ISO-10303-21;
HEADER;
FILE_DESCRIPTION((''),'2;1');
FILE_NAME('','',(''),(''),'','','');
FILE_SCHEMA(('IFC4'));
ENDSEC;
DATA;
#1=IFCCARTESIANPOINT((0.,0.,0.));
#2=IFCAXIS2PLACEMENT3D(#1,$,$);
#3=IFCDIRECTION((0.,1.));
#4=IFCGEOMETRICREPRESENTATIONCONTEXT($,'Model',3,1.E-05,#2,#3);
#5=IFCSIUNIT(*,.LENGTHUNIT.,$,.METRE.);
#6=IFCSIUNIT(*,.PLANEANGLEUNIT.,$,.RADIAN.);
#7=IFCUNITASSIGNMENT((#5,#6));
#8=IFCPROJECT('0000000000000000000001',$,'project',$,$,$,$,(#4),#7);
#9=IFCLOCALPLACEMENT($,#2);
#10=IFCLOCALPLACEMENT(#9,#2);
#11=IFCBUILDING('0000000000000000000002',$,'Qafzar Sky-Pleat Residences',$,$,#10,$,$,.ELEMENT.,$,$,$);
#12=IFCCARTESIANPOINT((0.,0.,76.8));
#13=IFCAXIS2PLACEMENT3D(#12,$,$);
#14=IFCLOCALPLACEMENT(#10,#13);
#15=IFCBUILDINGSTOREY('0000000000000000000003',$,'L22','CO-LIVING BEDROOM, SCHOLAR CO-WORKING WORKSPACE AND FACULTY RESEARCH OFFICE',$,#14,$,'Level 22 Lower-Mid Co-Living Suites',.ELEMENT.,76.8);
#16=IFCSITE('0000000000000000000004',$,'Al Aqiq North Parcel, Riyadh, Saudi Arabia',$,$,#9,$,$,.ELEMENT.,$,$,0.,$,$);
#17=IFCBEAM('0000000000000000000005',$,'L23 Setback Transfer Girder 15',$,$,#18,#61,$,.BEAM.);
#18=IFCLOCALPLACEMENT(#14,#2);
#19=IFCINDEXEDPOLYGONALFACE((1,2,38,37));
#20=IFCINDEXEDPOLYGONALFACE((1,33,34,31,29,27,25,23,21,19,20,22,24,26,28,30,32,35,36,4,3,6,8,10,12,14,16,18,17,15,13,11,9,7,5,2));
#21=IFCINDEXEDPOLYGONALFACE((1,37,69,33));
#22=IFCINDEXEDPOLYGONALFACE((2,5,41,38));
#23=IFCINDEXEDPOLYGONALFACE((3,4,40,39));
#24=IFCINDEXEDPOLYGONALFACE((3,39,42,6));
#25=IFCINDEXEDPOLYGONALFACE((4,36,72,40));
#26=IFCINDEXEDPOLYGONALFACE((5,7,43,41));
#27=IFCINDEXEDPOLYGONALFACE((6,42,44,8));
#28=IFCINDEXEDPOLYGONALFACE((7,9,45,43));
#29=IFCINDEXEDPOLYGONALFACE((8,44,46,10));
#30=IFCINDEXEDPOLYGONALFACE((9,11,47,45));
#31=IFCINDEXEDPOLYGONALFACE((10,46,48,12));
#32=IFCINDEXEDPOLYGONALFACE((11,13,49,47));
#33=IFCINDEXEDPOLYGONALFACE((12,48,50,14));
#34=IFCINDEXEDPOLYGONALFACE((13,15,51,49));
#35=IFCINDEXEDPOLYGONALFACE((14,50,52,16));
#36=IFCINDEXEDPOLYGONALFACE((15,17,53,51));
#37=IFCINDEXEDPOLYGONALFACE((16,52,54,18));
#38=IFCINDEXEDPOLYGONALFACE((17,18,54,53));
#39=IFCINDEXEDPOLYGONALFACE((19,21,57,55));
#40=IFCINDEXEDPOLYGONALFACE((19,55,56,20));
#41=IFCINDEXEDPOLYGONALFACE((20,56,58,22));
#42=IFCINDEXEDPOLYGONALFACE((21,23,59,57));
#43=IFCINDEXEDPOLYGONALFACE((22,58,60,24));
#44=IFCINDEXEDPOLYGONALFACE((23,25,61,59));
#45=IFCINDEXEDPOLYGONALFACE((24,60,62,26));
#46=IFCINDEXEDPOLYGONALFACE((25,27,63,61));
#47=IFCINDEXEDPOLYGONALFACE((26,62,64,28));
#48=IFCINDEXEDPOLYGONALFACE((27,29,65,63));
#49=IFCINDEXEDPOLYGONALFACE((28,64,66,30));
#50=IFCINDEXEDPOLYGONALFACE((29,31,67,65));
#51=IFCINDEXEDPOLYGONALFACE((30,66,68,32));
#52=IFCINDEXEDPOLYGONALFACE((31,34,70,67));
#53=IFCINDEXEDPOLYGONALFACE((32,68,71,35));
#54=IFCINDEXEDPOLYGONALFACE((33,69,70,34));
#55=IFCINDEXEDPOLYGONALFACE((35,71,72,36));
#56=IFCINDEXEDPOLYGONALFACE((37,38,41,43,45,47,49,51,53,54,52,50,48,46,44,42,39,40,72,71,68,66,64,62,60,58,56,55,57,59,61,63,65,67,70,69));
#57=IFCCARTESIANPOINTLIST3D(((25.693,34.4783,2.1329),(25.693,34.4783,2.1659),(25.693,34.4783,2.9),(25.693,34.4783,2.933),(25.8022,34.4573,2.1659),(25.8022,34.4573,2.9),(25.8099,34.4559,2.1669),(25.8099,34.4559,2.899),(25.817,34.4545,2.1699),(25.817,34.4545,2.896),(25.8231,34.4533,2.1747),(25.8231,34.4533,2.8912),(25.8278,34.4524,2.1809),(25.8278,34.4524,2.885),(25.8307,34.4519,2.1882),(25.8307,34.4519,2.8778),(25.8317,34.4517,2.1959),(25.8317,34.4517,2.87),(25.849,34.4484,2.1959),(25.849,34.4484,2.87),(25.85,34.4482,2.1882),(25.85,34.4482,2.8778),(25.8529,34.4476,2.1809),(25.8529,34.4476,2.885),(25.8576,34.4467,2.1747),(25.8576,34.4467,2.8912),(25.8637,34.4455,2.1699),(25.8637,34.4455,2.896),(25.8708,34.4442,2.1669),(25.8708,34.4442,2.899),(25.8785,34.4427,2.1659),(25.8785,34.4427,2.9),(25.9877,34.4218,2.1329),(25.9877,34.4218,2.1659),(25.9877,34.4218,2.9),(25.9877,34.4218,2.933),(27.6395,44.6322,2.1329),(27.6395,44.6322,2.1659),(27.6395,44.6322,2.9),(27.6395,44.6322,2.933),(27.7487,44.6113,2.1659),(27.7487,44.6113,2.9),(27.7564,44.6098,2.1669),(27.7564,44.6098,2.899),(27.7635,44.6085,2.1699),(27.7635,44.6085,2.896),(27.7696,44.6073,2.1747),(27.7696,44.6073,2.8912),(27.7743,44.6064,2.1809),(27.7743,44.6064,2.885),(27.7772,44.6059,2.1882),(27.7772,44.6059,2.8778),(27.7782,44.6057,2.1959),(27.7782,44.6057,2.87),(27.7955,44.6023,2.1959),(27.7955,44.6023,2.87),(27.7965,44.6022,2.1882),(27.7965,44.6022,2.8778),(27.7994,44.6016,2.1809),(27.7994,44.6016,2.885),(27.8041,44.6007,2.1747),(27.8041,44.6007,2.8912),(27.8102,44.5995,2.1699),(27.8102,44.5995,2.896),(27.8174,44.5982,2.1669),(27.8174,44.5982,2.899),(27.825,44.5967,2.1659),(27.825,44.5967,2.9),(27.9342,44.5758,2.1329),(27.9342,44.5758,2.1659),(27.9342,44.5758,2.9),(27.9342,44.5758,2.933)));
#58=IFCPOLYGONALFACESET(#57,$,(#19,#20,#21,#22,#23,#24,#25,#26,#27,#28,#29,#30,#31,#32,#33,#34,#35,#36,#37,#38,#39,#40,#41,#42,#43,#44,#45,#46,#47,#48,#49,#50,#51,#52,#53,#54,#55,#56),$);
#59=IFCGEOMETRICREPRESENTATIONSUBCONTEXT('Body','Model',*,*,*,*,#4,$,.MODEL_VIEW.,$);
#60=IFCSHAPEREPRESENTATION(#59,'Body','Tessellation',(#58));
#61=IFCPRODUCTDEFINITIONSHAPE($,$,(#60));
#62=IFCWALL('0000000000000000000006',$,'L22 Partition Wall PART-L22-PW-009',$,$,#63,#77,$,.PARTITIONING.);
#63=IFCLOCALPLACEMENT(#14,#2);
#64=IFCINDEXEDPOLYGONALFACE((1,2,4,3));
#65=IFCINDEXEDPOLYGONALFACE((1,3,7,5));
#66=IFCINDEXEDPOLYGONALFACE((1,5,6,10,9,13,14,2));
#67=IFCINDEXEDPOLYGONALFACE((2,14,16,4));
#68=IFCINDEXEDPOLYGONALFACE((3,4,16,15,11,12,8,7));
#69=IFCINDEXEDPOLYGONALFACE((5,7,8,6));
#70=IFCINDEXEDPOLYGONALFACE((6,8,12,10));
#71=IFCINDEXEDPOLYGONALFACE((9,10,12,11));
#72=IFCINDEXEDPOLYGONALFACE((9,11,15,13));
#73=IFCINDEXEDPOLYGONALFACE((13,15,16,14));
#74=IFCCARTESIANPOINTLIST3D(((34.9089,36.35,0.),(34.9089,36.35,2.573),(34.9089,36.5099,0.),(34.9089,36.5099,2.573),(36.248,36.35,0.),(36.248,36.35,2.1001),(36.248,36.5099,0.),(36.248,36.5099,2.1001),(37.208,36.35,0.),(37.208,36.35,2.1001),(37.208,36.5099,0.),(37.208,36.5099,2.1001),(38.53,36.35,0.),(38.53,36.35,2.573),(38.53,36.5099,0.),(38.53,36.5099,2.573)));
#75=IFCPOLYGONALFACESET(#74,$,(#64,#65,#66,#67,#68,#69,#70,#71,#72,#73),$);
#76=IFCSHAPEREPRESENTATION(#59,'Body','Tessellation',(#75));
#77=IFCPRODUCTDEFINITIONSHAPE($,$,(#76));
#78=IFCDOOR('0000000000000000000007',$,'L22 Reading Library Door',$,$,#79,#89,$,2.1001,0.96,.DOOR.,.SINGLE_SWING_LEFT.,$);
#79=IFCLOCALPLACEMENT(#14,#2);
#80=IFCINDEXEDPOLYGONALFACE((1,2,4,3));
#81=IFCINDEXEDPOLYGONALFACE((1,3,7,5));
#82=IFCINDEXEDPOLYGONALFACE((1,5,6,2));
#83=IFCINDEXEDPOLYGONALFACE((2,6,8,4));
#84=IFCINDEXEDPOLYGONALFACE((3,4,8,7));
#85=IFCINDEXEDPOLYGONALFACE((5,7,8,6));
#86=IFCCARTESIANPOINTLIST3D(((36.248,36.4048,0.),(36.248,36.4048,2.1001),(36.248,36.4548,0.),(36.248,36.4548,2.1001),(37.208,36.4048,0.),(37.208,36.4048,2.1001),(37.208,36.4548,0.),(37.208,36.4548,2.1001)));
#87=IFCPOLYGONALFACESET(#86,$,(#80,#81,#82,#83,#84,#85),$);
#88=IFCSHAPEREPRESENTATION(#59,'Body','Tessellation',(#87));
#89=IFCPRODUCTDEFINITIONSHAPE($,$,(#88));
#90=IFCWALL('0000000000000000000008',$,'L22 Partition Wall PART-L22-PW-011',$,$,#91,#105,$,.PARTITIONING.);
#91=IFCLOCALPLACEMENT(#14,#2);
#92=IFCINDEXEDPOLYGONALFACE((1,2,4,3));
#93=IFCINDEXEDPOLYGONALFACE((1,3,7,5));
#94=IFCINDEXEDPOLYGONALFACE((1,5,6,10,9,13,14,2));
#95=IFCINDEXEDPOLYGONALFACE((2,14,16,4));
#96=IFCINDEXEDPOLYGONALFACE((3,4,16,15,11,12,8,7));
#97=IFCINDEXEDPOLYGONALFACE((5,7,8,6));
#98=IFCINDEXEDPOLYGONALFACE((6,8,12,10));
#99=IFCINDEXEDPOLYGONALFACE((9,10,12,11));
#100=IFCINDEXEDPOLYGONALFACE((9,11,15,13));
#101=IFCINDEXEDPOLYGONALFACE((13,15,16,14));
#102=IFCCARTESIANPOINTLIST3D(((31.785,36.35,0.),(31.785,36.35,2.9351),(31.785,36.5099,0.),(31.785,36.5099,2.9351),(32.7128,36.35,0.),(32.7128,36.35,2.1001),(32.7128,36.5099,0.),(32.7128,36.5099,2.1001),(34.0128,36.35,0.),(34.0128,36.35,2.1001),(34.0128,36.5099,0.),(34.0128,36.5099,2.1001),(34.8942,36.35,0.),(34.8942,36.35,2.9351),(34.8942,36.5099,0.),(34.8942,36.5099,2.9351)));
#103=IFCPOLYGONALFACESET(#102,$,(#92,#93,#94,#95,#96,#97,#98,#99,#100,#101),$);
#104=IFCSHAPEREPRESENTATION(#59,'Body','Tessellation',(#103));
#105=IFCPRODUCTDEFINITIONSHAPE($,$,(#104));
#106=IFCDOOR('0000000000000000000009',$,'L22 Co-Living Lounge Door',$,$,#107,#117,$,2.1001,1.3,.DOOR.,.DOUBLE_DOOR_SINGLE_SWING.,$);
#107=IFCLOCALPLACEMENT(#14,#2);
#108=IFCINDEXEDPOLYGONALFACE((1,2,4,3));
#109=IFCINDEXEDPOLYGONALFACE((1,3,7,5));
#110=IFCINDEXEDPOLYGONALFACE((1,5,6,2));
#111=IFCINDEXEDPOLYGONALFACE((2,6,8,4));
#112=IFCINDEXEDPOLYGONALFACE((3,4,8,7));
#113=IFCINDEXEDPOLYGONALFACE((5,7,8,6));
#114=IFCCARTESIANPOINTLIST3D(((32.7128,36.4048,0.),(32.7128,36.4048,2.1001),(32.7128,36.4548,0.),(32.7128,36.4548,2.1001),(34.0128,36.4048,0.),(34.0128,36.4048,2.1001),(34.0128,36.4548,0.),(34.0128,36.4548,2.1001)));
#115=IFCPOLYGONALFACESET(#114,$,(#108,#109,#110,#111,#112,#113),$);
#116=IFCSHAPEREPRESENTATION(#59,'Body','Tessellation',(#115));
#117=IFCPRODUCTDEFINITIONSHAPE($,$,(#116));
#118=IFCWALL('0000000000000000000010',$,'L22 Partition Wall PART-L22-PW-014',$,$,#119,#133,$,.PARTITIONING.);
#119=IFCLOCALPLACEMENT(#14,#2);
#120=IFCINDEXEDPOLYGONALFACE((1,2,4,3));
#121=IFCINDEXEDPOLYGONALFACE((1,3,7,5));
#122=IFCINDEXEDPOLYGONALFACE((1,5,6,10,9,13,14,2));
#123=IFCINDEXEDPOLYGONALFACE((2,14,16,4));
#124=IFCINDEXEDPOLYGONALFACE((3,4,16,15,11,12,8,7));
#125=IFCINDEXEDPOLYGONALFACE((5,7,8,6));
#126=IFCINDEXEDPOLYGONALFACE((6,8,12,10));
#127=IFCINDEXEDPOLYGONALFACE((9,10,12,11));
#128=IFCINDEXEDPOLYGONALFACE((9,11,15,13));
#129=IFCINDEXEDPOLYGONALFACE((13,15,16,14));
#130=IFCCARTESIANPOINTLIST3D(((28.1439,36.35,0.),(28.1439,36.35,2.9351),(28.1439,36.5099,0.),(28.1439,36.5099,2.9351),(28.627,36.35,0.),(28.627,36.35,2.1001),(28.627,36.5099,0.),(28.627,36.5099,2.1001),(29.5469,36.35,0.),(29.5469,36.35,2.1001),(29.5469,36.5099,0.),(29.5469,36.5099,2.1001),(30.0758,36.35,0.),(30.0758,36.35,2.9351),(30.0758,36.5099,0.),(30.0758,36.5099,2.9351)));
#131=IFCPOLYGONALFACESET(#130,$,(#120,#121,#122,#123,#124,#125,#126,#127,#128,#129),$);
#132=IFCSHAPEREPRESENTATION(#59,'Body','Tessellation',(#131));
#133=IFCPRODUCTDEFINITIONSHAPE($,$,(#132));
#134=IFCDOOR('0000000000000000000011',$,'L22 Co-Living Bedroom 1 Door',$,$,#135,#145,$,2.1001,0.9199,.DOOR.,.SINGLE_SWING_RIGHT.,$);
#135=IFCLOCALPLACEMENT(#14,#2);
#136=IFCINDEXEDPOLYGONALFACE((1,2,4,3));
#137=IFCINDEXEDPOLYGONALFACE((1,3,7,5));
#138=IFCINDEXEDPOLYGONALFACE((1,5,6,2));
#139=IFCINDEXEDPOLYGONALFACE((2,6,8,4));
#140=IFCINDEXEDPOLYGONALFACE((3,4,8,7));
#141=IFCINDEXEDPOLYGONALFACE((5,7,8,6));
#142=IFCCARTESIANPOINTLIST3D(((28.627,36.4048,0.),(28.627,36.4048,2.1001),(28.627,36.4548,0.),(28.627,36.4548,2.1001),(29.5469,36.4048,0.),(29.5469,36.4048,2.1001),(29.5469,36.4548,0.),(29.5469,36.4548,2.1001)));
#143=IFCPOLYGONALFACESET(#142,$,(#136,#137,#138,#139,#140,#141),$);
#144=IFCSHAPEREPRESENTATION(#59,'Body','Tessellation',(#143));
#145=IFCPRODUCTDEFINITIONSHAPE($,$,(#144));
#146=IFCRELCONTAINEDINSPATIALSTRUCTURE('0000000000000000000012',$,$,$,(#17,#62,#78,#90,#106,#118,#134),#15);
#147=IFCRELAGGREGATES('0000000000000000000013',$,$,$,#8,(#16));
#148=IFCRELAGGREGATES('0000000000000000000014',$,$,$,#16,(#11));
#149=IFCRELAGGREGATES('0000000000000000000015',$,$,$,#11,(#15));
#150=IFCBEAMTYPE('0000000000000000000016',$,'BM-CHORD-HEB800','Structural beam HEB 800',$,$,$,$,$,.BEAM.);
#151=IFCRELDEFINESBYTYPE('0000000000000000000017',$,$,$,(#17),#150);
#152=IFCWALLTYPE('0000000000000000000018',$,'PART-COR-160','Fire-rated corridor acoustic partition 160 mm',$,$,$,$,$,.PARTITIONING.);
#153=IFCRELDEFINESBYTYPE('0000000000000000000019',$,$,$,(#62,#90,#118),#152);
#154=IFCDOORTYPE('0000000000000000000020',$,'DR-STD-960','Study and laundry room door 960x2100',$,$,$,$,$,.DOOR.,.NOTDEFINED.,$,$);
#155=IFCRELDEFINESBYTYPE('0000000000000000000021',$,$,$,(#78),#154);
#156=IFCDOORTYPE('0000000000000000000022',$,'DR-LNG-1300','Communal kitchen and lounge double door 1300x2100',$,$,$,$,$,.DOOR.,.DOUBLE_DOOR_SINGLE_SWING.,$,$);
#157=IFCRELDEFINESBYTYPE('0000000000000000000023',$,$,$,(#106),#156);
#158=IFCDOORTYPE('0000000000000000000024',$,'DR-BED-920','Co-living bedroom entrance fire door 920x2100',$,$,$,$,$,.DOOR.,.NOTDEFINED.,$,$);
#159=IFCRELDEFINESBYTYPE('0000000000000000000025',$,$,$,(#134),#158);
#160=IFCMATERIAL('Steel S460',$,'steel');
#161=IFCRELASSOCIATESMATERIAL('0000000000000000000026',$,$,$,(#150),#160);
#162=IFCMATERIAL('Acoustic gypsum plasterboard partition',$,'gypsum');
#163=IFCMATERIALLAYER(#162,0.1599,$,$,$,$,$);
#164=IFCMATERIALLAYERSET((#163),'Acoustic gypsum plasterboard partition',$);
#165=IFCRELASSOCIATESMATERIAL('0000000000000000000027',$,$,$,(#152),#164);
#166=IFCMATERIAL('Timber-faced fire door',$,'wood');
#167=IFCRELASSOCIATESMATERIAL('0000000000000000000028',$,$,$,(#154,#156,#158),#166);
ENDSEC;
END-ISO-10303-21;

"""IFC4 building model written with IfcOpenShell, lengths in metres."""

from ifc_helpers import new_model, si_unit, direction, frame, frame_2d, origin, origin_2d, place, context, subcontext, project, spatial, rectangle, i_section, extrude, source, transform, mapped, material, layer, layer_set, material_profile, profile_set, type_object, element, fill, save


model = new_model("IFC4")

# Units and contexts
model_context = context("Model", 3, precision=1e-05, world=origin(), true_north=direction((0.0, 1.0)))
body_context = subcontext(model_context, "Body", "Model", "MODEL_VIEW")
ifc_project = project(units=[si_unit("LENGTHUNIT", "METRE"), si_unit("PLANEANGLEUNIT", "RADIAN")], contexts=[model_context])

# Site, building, storey
site_placement = place(None, origin())
site = spatial("IfcSite", under=ifc_project, at=site_placement, Name="Al Aqiq North Parcel, Riyadh, Saudi Arabia", CompositionType="ELEMENT", RefElevation=0.0)
building_placement = place(site_placement, origin())
building = spatial("IfcBuilding", under=site, at=building_placement, Name="Qafzar Sky-Pleat Residences", CompositionType="ELEMENT")
storey_placement = place(building_placement, frame((0.0, 0.0, 76.8)))
storey = spatial("IfcBuildingStorey", under=building, at=storey_placement, Name="L22", Description="CO-LIVING BEDROOM, SCHOLAR CO-WORKING WORKSPACE AND FACULTY RESEARCH OFFICE", LongName="Level 22 Lower-Mid Co-Living Suites", CompositionType="ELEMENT", Elevation=76.8)

# Shared definitions
ifc_material_1 = material(Name="Steel S460", Category="steel")

# Beam
ifc_material_profile_1 = material_profile(ifc_material_1, i_section(OverallWidth=0.3, OverallDepth=0.8, WebThickness=0.0176, FlangeThickness=0.033, FilletRadius=0.03, at=origin_2d()), Name="HEB 800")
ifc_profile_set_1 = profile_set([ifc_material_profile_1], Name="Steel S460")
beam_type_1 = type_object("IfcBeamType", Name="BM-CHORD-HEB800", Description="Structural beam HEB 800", PredefinedType="BEAM", material=ifc_profile_set_1)
shared_shape_1 = source(origin(), body_context, "Body", "SweptSolid", [
    extrude(i_section(OverallWidth=0.3, OverallDepth=0.8, WebThickness=0.0176, FlangeThickness=0.033, FilletRadius=0.03, at=origin_2d()), origin(), (0.0, 0.0, 1.0), 10.3389),
])
beam_1_placement = place(storey_placement, frame((27.7869, 44.604, 2.533), z_axis=(-0.188272, -0.982117, 0.0), x_axis=(0.982117, -0.188272, 0.0)))
element("IfcBeam", 1, at=beam_1_placement, inside=storey, type_object=beam_type_1, Name="L23 Setback Transfer Girder 15", PredefinedType="BEAM", context=body_context, shape_type="MappedRepresentation", body=[
    mapped(shared_shape_1, transform((0.0, 0.0, 0.0), x_axis=(1.0, 0.0, 0.0), y_axis=(0.0, 1.0, 0.0), z_axis=(0.0, 0.0, 1.0), scale=1.0)),
])

# Walls, openings, doors
ifc_material_2 = material(Name="Acoustic gypsum plasterboard partition", Category="gypsum")
ifc_layer_1 = layer(ifc_material_2, 0.1599)
ifc_layer_set_1 = layer_set([ifc_layer_1], Name="Acoustic gypsum plasterboard partition")
wall_type_1 = type_object("IfcWallType", Name="PART-COR-160", Description="Fire-rated corridor acoustic partition 160 mm", PredefinedType="PARTITIONING", material=ifc_layer_set_1)
wall_1_placement = place(storey_placement, frame((34.9089, 36.4299, 0.0), z_axis=(0.0, 0.0, 1.0), x_axis=(1.0, 0.0, 0.0)))
wall_1 = element("IfcWall", 2, at=wall_1_placement, inside=storey, type_object=wall_type_1, Name="L22 Partition Wall PART-L22-PW-009", PredefinedType="PARTITIONING", context=body_context, shape_type="SweptSolid", body=[
    extrude(rectangle(XDim=3.6211, YDim=0.1599, at=frame_2d((1.8105, 0.0))), origin(), (0.0, 0.0, 1.0), 2.573),
])
opening_1_placement = place(wall_1_placement, frame((1.3391, 0.0, 0.0)))
opening_1 = element("IfcOpeningElement", 3, at=opening_1_placement, cuts=wall_1, PredefinedType="OPENING", context=body_context, shape_type="SweptSolid", body=[
    extrude(rectangle(XDim=0.96, YDim=2.1001, at=frame_2d((0.48, 1.05))), frame((0.0, 0.0898, 0.0), z_axis=(0.0, -1.0, 0.0), x_axis=(1.0, 0.0, 0.0)), (0.0, 0.0, 1.0), 0.1799),
])
ifc_material_3 = material(Name="Timber-faced fire door", Category="wood")
door_type_1 = type_object("IfcDoorType", Name="DR-STD-960", Description="Study and laundry room door 960x2100", OperationType="NOTDEFINED", PredefinedType="DOOR", material=ifc_material_3)
shared_shape_2 = source(origin(), body_context, "Body", "SweptSolid", [
    extrude(rectangle(XDim=0.96, YDim=2.1001, at=frame_2d((0.48, 1.05))), frame((0.0, 0.0249, 0.0), z_axis=(0.0, -1.0, 0.0), x_axis=(1.0, 0.0, 0.0)), (0.0, 0.0, 1.0), 0.05),
])
door_1_placement = place(opening_1_placement, origin())
door_1 = element("IfcDoor", 4, at=door_1_placement, inside=storey, type_object=door_type_1, Name="L22 Reading Library Door", OperationType="SINGLE_SWING_LEFT", OverallHeight=2.1001, OverallWidth=0.96, PredefinedType="DOOR", context=body_context, shape_type="MappedRepresentation", body=[
    mapped(shared_shape_2, transform((0.0, 0.0, 0.0), x_axis=(1.0, 0.0, 0.0), y_axis=(0.0, 1.0, 0.0), z_axis=(0.0, 0.0, 1.0), scale=1.0)),
])
fill(opening_1, door_1)
wall_2_placement = place(storey_placement, frame((31.7849, 36.4299, 0.0), z_axis=(0.0, 0.0, 1.0), x_axis=(1.0, 0.0, 0.0)))
wall_2 = element("IfcWall", 5, at=wall_2_placement, inside=storey, type_object=wall_type_1, Name="L22 Partition Wall PART-L22-PW-011", PredefinedType="PARTITIONING", context=body_context, shape_type="SweptSolid", body=[
    extrude(rectangle(XDim=3.1091, YDim=0.1599, at=frame_2d((1.5547, 0.0))), origin(), (0.0, 0.0, 1.0), 2.9351),
])
opening_2_placement = place(wall_2_placement, frame((0.928, 0.0, 0.0)))
opening_2 = element("IfcOpeningElement", 6, at=opening_2_placement, cuts=wall_2, PredefinedType="OPENING", context=body_context, shape_type="SweptSolid", body=[
    extrude(rectangle(XDim=1.3, YDim=2.1001, at=frame_2d((0.6499, 1.05))), frame((0.0, 0.0898, 0.0), z_axis=(0.0, -1.0, 0.0), x_axis=(1.0, 0.0, 0.0)), (0.0, 0.0, 1.0), 0.1799),
])
door_type_2 = type_object("IfcDoorType", Name="DR-LNG-1300", Description="Communal kitchen and lounge double door 1300x2100", OperationType="DOUBLE_DOOR_SINGLE_SWING", PredefinedType="DOOR", material=ifc_material_3)
shared_shape_3 = source(origin(), body_context, "Body", "SweptSolid", [
    extrude(rectangle(XDim=1.3, YDim=2.1001, at=frame_2d((0.6499, 1.05))), frame((0.0, 0.0249, 0.0), z_axis=(0.0, -1.0, 0.0), x_axis=(1.0, 0.0, 0.0)), (0.0, 0.0, 1.0), 0.05),
])
door_2_placement = place(opening_2_placement, origin())
door_2 = element("IfcDoor", 7, at=door_2_placement, inside=storey, type_object=door_type_2, Name="L22 Co-Living Lounge Door", OperationType="DOUBLE_DOOR_SINGLE_SWING", OverallHeight=2.1001, OverallWidth=1.3, PredefinedType="DOOR", context=body_context, shape_type="MappedRepresentation", body=[
    mapped(shared_shape_3, transform((0.0, 0.0, 0.0), x_axis=(1.0, 0.0, 0.0), y_axis=(0.0, 1.0, 0.0), z_axis=(0.0, 0.0, 1.0), scale=1.0)),
])
fill(opening_2, door_2)
wall_3_placement = place(storey_placement, frame((28.144, 36.4299, 0.0), z_axis=(0.0, 0.0, 1.0), x_axis=(1.0, 0.0, 0.0)))
wall_3 = element("IfcWall", 8, at=wall_3_placement, inside=storey, type_object=wall_type_1, Name="L22 Partition Wall PART-L22-PW-014", PredefinedType="PARTITIONING", context=body_context, shape_type="SweptSolid", body=[
    extrude(rectangle(XDim=1.9319, YDim=0.1599, at=frame_2d((0.9658, 0.0))), origin(), (0.0, 0.0, 1.0), 2.9351),
])
opening_3_placement = place(wall_3_placement, frame((0.4829, 0.0, 0.0)))
opening_3 = element("IfcOpeningElement", 9, at=opening_3_placement, cuts=wall_3, PredefinedType="OPENING", context=body_context, shape_type="SweptSolid", body=[
    extrude(rectangle(XDim=0.9199, YDim=2.1001, at=frame_2d((0.46, 1.05))), frame((0.0, 0.0898, 0.0), z_axis=(0.0, -1.0, 0.0), x_axis=(1.0, 0.0, 0.0)), (0.0, 0.0, 1.0), 0.1799),
])
door_type_3 = type_object("IfcDoorType", Name="DR-BED-920", Description="Co-living bedroom entrance fire door 920x2100", OperationType="NOTDEFINED", PredefinedType="DOOR", material=ifc_material_3)
shared_shape_4 = source(origin(), body_context, "Body", "SweptSolid", [
    extrude(rectangle(XDim=0.9199, YDim=2.1001, at=frame_2d((0.46, 1.05))), frame((0.0, 0.0249, 0.0), z_axis=(0.0, -1.0, 0.0), x_axis=(1.0, 0.0, 0.0)), (0.0, 0.0, 1.0), 0.05),
])
door_3_placement = place(opening_3_placement, origin())
door_3 = element("IfcDoor", 10, at=door_3_placement, inside=storey, type_object=door_type_3, Name="L22 Co-Living Bedroom 1 Door", OperationType="SINGLE_SWING_RIGHT", OverallHeight=2.1001, OverallWidth=0.9199, PredefinedType="DOOR", context=body_context, shape_type="MappedRepresentation", body=[
    mapped(shared_shape_4, transform((0.0, 0.0, 0.0), x_axis=(1.0, 0.0, 0.0), y_axis=(0.0, 1.0, 0.0), z_axis=(0.0, 0.0, 1.0), scale=1.0)),
])
fill(opening_3, door_3)

save(model, "model.ifc")
